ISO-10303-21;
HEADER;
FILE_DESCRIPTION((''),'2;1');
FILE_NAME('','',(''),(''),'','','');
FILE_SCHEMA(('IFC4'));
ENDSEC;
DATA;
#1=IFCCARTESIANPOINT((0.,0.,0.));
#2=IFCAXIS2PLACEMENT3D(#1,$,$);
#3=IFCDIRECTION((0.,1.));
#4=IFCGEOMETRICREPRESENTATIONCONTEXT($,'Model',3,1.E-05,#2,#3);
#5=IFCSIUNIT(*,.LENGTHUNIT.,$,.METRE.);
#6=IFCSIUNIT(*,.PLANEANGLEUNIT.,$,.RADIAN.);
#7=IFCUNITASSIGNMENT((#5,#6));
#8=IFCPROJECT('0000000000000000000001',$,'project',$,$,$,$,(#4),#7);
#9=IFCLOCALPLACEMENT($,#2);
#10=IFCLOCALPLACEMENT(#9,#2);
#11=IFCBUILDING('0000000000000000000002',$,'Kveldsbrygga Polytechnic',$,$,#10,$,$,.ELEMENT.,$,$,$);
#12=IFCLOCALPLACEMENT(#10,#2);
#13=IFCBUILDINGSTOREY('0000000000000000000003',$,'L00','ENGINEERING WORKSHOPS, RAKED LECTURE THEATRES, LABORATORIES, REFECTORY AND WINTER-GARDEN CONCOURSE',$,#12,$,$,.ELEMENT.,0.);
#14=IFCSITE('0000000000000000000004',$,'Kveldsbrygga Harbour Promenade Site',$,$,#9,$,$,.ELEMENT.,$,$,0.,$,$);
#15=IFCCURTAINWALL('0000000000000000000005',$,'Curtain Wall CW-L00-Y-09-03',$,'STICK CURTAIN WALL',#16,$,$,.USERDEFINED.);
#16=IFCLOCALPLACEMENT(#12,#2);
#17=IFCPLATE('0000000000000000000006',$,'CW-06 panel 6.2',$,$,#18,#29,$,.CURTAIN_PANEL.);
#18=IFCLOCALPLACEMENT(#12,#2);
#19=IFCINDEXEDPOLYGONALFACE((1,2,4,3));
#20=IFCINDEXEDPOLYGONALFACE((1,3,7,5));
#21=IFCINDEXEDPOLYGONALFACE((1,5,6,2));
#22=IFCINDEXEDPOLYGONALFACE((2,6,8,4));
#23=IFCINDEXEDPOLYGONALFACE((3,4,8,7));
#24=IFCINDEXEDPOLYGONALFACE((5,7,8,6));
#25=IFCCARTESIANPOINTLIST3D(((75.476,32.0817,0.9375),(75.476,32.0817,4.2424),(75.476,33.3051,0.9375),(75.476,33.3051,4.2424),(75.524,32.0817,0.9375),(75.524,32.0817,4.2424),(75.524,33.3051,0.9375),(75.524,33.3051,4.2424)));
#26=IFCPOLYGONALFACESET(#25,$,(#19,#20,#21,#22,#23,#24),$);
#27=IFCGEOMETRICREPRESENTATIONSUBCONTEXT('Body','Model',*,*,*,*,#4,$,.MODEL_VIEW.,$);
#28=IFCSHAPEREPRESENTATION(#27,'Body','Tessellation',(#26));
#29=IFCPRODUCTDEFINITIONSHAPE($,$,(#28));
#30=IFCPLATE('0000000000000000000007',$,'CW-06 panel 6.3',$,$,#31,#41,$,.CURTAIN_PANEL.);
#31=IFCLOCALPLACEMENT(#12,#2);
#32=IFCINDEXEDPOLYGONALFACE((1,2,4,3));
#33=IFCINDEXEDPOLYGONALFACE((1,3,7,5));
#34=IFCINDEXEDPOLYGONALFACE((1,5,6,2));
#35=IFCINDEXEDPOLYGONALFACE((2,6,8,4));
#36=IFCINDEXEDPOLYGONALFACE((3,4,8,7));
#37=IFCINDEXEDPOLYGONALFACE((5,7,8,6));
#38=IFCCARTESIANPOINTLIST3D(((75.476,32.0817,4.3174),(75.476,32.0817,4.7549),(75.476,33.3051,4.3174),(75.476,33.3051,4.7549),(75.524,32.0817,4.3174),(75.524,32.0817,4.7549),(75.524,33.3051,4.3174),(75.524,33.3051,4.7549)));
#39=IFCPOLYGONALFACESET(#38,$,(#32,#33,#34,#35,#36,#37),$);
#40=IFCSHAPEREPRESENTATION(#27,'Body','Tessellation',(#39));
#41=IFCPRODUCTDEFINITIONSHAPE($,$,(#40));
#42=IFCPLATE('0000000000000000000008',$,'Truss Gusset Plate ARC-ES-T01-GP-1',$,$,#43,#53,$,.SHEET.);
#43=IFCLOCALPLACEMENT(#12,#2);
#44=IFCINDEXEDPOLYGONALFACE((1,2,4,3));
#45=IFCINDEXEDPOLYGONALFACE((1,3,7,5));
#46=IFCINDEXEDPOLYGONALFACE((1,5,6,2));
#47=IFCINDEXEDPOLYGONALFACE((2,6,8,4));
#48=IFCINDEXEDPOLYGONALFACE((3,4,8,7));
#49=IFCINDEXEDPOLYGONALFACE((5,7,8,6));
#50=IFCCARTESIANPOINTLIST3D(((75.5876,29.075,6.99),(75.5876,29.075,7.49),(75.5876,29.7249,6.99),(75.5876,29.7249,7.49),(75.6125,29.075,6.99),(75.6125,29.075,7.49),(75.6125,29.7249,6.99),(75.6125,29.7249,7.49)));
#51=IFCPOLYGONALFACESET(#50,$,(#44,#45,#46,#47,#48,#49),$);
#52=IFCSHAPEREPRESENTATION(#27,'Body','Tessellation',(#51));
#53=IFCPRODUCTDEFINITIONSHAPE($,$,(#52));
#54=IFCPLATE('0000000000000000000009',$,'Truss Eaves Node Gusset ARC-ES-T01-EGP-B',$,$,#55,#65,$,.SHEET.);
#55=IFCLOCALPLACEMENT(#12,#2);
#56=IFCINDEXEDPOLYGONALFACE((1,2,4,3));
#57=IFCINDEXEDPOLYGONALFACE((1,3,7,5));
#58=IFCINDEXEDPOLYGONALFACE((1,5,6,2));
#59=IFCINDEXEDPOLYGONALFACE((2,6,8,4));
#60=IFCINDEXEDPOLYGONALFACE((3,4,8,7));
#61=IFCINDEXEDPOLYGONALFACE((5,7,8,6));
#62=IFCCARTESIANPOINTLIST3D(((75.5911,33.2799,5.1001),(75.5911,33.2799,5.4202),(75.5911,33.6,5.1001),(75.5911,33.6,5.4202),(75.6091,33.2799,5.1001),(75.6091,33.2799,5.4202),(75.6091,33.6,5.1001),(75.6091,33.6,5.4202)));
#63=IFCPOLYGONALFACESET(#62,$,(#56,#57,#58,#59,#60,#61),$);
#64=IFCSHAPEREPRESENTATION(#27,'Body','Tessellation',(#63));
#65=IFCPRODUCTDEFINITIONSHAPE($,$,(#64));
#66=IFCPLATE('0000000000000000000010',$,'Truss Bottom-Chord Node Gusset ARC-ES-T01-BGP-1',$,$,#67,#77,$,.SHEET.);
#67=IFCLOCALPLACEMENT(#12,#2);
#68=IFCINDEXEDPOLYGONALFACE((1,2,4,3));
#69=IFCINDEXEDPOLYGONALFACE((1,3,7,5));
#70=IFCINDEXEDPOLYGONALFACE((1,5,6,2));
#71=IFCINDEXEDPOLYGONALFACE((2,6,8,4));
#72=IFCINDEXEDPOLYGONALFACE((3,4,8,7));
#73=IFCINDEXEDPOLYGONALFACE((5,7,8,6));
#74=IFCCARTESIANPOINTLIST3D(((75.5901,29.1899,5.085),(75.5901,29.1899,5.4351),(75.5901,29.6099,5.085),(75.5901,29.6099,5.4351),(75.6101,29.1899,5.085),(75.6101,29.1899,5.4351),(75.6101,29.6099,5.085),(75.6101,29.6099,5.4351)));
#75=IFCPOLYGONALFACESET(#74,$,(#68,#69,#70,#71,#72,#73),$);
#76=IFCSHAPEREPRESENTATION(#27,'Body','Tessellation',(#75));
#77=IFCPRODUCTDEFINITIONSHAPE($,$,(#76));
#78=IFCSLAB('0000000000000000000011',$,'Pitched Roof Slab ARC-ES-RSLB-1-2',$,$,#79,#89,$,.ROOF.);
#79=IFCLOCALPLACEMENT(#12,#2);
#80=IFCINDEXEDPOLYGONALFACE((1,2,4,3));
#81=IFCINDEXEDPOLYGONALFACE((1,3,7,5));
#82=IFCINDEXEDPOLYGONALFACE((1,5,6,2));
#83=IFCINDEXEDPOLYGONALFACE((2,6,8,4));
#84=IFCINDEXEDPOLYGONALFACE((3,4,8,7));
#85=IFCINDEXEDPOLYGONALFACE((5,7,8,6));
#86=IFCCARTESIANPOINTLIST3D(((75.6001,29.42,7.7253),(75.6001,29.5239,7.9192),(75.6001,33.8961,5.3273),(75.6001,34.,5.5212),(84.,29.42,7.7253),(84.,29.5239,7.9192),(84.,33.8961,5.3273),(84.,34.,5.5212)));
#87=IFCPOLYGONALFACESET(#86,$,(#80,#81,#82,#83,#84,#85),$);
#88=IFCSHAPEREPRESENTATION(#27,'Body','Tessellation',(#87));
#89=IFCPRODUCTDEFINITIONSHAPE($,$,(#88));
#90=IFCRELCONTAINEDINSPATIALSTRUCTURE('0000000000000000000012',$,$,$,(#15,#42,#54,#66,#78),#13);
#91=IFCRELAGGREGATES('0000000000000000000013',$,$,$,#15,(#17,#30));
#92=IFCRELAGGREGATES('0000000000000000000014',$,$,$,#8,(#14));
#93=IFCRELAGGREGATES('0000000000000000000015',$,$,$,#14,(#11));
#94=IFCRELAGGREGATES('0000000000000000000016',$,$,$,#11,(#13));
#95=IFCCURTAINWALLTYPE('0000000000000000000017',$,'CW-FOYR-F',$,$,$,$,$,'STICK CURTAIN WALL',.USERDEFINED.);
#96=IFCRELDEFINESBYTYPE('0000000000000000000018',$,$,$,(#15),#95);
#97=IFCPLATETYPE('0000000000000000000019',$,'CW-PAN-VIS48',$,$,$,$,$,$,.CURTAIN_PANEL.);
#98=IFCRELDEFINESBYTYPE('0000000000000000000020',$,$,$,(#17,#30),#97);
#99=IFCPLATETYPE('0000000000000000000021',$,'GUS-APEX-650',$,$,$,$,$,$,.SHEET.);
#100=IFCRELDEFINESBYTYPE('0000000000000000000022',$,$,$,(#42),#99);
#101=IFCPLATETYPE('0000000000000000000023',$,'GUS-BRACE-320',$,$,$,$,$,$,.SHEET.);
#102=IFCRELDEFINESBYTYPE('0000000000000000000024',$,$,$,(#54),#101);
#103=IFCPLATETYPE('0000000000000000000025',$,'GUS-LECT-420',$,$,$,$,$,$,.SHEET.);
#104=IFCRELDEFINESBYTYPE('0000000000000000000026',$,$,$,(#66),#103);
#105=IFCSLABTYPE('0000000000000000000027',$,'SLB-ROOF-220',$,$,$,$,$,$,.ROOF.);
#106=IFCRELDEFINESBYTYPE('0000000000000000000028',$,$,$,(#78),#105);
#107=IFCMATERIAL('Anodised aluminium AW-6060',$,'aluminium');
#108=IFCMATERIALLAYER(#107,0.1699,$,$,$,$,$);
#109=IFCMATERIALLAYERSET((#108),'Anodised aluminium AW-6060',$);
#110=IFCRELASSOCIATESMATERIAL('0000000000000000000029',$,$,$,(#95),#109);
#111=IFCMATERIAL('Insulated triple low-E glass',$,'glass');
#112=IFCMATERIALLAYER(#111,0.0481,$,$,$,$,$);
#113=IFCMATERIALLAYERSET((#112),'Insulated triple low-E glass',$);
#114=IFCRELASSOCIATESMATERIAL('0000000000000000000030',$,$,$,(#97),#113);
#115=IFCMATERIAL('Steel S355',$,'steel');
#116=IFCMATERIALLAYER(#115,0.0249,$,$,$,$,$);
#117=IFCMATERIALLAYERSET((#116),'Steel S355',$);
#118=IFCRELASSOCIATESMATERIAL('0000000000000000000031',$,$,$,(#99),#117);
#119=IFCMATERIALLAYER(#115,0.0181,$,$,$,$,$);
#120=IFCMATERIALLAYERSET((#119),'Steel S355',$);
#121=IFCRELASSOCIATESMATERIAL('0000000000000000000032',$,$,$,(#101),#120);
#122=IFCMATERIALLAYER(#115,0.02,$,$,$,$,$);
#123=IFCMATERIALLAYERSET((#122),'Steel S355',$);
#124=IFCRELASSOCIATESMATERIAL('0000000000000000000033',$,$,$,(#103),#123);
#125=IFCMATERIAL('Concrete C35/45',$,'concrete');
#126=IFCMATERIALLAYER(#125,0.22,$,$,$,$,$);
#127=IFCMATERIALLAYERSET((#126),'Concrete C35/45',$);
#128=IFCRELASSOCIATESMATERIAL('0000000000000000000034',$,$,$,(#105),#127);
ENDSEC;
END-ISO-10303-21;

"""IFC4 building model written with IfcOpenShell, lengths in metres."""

from ifc_helpers import new_model, si_unit, direction, frame, origin, origin_2d, place, context, subcontext, project, spatial, polyline, rectangle, outline, extrude, material, layer, layer_set, type_object, element, aggregate, save


model = new_model("IFC4")

# Units and contexts
model_context = context("Model", 3, precision=1e-05, world=origin(), true_north=direction((0.0, 1.0)))
body_context = subcontext(model_context, "Body", "Model", "MODEL_VIEW")
ifc_project = project(units=[si_unit("LENGTHUNIT", "METRE"), si_unit("PLANEANGLEUNIT", "RADIAN")], contexts=[model_context])

# Site, building, storey
site_placement = place(None, origin())
site = spatial("IfcSite", under=ifc_project, at=site_placement, Name="Kveldsbrygga Harbour Promenade Site", CompositionType="ELEMENT", RefElevation=0.0)
building_placement = place(site_placement, origin())
building = spatial("IfcBuilding", under=site, at=building_placement, Name="Kveldsbrygga Polytechnic", CompositionType="ELEMENT")
storey_placement = place(building_placement, origin())
storey = spatial("IfcBuildingStorey", under=building, at=storey_placement, Name="L00", Description="ENGINEERING WORKSHOPS, RAKED LECTURE THEATRES, LABORATORIES, REFECTORY AND WINTER-GARDEN CONCOURSE", CompositionType="ELEMENT", Elevation=0.0)

# Curtain wall
ifc_material_1 = material(Name="Anodised aluminium AW-6060", Category="aluminium")
ifc_layer_1 = layer(ifc_material_1, 0.1699)
ifc_layer_set_1 = layer_set([ifc_layer_1], Name="Anodised aluminium AW-6060")
curtain_wall_type = type_object("IfcCurtainWallType", Name="CW-FOYR-F", ElementType="STICK CURTAIN WALL", PredefinedType="USERDEFINED", material=ifc_layer_set_1)
curtain_wall_placement = place(storey_placement, origin())
curtain_wall = element("IfcCurtainWall", 1, at=curtain_wall_placement, inside=storey, type_object=curtain_wall_type, Name="Curtain Wall CW-L00-Y-09-03", ObjectType="STICK CURTAIN WALL", PredefinedType="USERDEFINED")

# Shared definitions
ifc_material_2 = material(Name="Steel S355", Category="steel")

# Plates
ifc_material_3 = material(Name="Insulated triple low-E glass", Category="glass")
ifc_layer_2 = layer(ifc_material_3, 0.0481)
ifc_layer_set_2 = layer_set([ifc_layer_2], Name="Insulated triple low-E glass")
plate_type_1 = type_object("IfcPlateType", Name="CW-PAN-VIS48", PredefinedType="CURTAIN_PANEL", material=ifc_layer_set_2)
plate_1_placement = place(storey_placement, frame((75.5, 32.6934, 0.9375), z_axis=(0.0, 0.0, 1.0), x_axis=(0.0, 1.0, 0.0)))
plate_1 = element("IfcPlate", 2, at=plate_1_placement, type_object=plate_type_1, Name="CW-06 panel 6.2", PredefinedType="CURTAIN_PANEL", context=body_context, shape_type="SweptSolid", body=[
    extrude(rectangle(XDim=1.2234, YDim=0.0481, at=origin_2d()), origin(), (0.0, 0.0, 1.0), 3.3049),
])
plate_2_placement = place(storey_placement, frame((75.5, 32.6934, 4.3174), z_axis=(0.0, 0.0, 1.0), x_axis=(0.0, 1.0, 0.0)))
plate_2 = element("IfcPlate", 3, at=plate_2_placement, type_object=plate_type_1, Name="CW-06 panel 6.3", PredefinedType="CURTAIN_PANEL", context=body_context, shape_type="SweptSolid", body=[
    extrude(rectangle(XDim=1.2234, YDim=0.0481, at=origin_2d()), origin(), (0.0, 0.0, 1.0), 0.4375),
])
aggregate(curtain_wall, [plate_1, plate_2])

# Plates
ifc_layer_3 = layer(ifc_material_2, 0.0249)
ifc_layer_set_3 = layer_set([ifc_layer_3], Name="Steel S355")
plate_type_2 = type_object("IfcPlateType", Name="GUS-APEX-650", PredefinedType="SHEET", material=ifc_layer_set_3)
plate_3_placement = place(storey_placement, frame((75.6001, 29.3999, 6.99), z_axis=(0.0, 0.0, 1.0), x_axis=(1.0, 0.0, 0.0)))
element("IfcPlate", 4, at=plate_3_placement, inside=storey, type_object=plate_type_2, Name="Truss Gusset Plate ARC-ES-T01-GP-1", PredefinedType="SHEET", context=body_context, shape_type="SweptSolid", body=[
    extrude(rectangle(XDim=0.0249, YDim=0.6499, at=origin_2d()), origin(), (0.0, 0.0, 1.0), 0.5),
])
ifc_layer_4 = layer(ifc_material_2, 0.0181)
ifc_layer_set_4 = layer_set([ifc_layer_4], Name="Steel S355")
plate_type_3 = type_object("IfcPlateType", Name="GUS-BRACE-320", PredefinedType="SHEET", material=ifc_layer_set_4)
plate_4_placement = place(storey_placement, frame((75.6001, 33.4399, 5.1001), z_axis=(0.0, 0.0, 1.0), x_axis=(1.0, 0.0, 0.0)))
element("IfcPlate", 5, at=plate_4_placement, inside=storey, type_object=plate_type_3, Name="Truss Eaves Node Gusset ARC-ES-T01-EGP-B", PredefinedType="SHEET", context=body_context, shape_type="SweptSolid", body=[
    extrude(rectangle(XDim=0.0181, YDim=0.3201, at=origin_2d()), origin(), (0.0, 0.0, 1.0), 0.3201),
])
ifc_layer_5 = layer(ifc_material_2, 0.02)
ifc_layer_set_5 = layer_set([ifc_layer_5], Name="Steel S355")
plate_type_4 = type_object("IfcPlateType", Name="GUS-LECT-420", PredefinedType="SHEET", material=ifc_layer_set_5)
plate_5_placement = place(storey_placement, frame((75.6001, 29.3999, 5.085), z_axis=(0.0, 0.0, 1.0), x_axis=(1.0, 0.0, 0.0)))
element("IfcPlate", 6, at=plate_5_placement, inside=storey, type_object=plate_type_4, Name="Truss Bottom-Chord Node Gusset ARC-ES-T01-BGP-1", PredefinedType="SHEET", context=body_context, shape_type="SweptSolid", body=[
    extrude(rectangle(XDim=0.02, YDim=0.4199, at=origin_2d()), origin(), (0.0, 0.0, 1.0), 0.3501),
])

# Slab
ifc_material_4 = material(Name="Concrete C35/45", Category="concrete")
ifc_layer_6 = layer(ifc_material_4, 0.22)
ifc_layer_set_6 = layer_set([ifc_layer_6], Name="Concrete C35/45")
slab_type = type_object("IfcSlabType", Name="SLB-ROOF-220", PredefinedType="ROOF", material=ifc_layer_set_6)
slab_placement = place(storey_placement, frame((75.6001, 29.5239, 7.9192), z_axis=(0.0, 0.472229, 0.881476), x_axis=(1.0, 0.0, 0.0)))
element("IfcSlab", 7, at=slab_placement, inside=storey, type_object=slab_type, Name="Pitched Roof Slab ARC-ES-RSLB-1-2", PredefinedType="ROOF", context=body_context, shape_type="SweptSolid", body=[
    extrude(outline(polyline([(0.0, 0.0), (8.3999, 0.0), (8.3999, 5.0779), (0.0, 5.0779), (0.0, 0.0)])), origin(), (0.0, 0.0, -1.0), 0.22),
])

save(model, "model.ifc")
